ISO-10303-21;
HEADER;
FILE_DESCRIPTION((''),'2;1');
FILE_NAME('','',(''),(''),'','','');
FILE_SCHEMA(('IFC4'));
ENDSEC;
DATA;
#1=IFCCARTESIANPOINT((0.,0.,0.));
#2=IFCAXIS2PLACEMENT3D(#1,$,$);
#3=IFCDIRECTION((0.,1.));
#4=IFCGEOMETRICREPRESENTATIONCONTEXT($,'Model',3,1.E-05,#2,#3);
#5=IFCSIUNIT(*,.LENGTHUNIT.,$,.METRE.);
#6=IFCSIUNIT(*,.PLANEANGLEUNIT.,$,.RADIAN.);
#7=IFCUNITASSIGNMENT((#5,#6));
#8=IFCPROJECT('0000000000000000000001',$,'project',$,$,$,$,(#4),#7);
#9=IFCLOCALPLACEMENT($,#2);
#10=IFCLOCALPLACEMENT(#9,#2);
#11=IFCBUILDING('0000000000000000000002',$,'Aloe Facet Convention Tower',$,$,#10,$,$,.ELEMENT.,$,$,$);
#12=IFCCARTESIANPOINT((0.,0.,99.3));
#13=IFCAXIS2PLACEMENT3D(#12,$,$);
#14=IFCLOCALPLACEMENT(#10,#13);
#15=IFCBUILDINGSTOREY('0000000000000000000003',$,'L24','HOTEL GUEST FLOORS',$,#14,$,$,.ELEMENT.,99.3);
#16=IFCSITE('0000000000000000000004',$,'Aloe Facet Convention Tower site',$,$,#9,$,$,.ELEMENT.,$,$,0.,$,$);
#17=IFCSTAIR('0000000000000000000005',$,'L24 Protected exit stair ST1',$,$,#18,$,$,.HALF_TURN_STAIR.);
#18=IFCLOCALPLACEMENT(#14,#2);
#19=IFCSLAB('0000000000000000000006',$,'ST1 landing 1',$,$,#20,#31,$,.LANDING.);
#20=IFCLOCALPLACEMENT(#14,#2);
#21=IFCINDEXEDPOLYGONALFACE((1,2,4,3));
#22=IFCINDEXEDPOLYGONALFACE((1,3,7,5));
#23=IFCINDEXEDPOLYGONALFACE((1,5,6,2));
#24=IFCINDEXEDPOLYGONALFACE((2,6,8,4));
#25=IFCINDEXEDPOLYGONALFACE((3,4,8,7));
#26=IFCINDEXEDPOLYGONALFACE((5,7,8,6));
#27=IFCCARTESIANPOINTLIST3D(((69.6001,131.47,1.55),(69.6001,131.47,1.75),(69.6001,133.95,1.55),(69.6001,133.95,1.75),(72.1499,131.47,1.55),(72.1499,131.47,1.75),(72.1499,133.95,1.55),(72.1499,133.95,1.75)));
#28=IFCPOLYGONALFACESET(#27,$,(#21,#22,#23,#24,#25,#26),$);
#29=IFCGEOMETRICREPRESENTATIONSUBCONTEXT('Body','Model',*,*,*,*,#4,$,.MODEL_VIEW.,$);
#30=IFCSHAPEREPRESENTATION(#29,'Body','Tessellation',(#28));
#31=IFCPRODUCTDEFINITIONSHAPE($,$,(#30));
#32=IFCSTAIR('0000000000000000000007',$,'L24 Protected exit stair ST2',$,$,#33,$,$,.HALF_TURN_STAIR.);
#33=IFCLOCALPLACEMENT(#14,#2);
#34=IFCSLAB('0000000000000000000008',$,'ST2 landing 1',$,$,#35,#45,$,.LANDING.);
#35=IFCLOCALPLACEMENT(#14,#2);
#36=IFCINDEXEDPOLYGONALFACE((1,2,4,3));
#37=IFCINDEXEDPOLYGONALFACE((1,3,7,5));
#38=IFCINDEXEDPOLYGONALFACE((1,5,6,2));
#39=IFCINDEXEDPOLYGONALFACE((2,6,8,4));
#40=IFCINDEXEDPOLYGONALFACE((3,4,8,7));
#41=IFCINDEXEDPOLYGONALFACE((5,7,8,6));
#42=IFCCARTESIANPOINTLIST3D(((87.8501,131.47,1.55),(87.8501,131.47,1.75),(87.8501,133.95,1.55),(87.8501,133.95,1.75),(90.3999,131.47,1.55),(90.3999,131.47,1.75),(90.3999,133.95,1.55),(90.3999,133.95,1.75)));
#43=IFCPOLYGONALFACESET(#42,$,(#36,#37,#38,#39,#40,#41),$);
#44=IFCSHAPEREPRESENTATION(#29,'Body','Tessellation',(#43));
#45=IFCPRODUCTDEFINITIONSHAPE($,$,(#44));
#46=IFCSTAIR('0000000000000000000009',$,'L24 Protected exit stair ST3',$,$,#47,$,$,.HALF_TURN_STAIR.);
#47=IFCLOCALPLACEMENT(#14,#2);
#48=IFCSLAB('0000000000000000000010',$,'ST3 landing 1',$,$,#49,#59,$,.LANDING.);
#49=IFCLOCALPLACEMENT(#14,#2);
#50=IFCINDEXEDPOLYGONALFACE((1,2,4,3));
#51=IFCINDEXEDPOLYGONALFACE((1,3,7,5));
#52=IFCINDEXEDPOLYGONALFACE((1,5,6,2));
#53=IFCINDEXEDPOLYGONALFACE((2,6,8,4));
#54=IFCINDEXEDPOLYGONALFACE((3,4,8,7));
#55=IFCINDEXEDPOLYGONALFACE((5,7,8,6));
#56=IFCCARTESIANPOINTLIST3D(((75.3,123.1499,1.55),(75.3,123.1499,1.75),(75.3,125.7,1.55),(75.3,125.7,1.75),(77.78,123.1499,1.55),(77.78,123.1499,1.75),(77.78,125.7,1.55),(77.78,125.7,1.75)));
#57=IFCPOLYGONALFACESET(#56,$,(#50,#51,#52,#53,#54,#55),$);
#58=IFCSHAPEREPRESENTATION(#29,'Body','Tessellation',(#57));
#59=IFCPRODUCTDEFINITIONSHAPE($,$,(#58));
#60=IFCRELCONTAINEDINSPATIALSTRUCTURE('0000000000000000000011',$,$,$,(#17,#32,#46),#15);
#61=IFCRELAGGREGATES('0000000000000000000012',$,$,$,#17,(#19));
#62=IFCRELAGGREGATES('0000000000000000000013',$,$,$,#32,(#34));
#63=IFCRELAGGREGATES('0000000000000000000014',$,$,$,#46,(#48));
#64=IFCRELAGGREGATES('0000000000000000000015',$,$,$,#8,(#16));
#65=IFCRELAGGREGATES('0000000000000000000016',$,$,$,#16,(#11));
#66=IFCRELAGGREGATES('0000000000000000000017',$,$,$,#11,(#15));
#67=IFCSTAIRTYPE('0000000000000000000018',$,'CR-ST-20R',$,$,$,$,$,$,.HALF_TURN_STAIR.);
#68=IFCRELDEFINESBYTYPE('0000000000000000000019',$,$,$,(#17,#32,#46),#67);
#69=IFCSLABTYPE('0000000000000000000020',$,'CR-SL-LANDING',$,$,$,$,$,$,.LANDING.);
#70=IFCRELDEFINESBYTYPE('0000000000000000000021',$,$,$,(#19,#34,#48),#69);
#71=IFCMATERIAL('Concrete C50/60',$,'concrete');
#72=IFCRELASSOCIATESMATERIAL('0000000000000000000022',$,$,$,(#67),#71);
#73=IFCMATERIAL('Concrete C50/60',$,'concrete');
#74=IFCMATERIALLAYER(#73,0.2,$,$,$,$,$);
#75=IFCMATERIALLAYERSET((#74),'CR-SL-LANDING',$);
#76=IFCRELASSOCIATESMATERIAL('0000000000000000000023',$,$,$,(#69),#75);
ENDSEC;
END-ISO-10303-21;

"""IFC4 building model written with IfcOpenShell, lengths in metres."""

from ifc_helpers import new_model, si_unit, direction, frame, origin, place, context, subcontext, project, spatial, polyline, outline, extrude, material, layer, layer_set, type_object, element, aggregate, save


model = new_model("IFC4")

# Units and contexts
model_context = context("Model", 3, precision=1e-05, world=origin(), true_north=direction((0.0, 1.0)))
body_context = subcontext(model_context, "Body", "Model", "MODEL_VIEW")
ifc_project = project(units=[si_unit("LENGTHUNIT", "METRE"), si_unit("PLANEANGLEUNIT", "RADIAN")], contexts=[model_context])

# Site, building, storey
site_placement = place(None, origin())
site = spatial("IfcSite", under=ifc_project, at=site_placement, Name="Aloe Facet Convention Tower site", CompositionType="ELEMENT", RefElevation=0.0)
building_placement = place(site_placement, origin())
building = spatial("IfcBuilding", under=site, at=building_placement, Name="Aloe Facet Convention Tower", CompositionType="ELEMENT")
storey_placement = place(building_placement, frame((0.0, 0.0, 99.3)))
storey = spatial("IfcBuildingStorey", under=building, at=storey_placement, Name="L24", Description="HOTEL GUEST FLOORS", CompositionType="ELEMENT", Elevation=99.3)

# Stairs, slabs
ifc_material_1 = material(Name="Concrete C50/60", Category="concrete")
stair_type = type_object("IfcStairType", Name="CR-ST-20R", PredefinedType="HALF_TURN_STAIR", material=ifc_material_1)
stair_1_placement = place(storey_placement, origin())
stair_1 = element("IfcStair", 1, at=stair_1_placement, inside=storey, type_object=stair_type, Name="L24 Protected exit stair ST1", PredefinedType="HALF_TURN_STAIR")
ifc_material_2 = material(Name="Concrete C50/60", Category="concrete")
ifc_layer_1 = layer(ifc_material_2, 0.2)
ifc_layer_set_1 = layer_set([ifc_layer_1], Name="CR-SL-LANDING")
slab_type_1 = type_object("IfcSlabType", Name="CR-SL-LANDING", PredefinedType="LANDING", material=ifc_layer_set_1)
slab_1_placement = place(storey_placement, frame((0.0, 0.0, 1.55)))
slab_1 = element("IfcSlab", 2, at=slab_1_placement, type_object=slab_type_1, Name="ST1 landing 1", PredefinedType="LANDING", context=body_context, shape_type="SweptSolid", body=[
    extrude(outline(polyline([(72.1499, 131.47), (72.1499, 133.95), (69.6001, 133.95), (69.6001, 131.47), (72.1499, 131.47)])), origin(), (0.0, 0.0, 1.0), 0.2),
])
aggregate(stair_1, [slab_1])
stair_2_placement = place(storey_placement, origin())
stair_2 = element("IfcStair", 3, at=stair_2_placement, inside=storey, type_object=stair_type, Name="L24 Protected exit stair ST2", PredefinedType="HALF_TURN_STAIR")
slab_2_placement = place(storey_placement, frame((0.0, 0.0, 1.55)))
slab_2 = element("IfcSlab", 4, at=slab_2_placement, type_object=slab_type_1, Name="ST2 landing 1", PredefinedType="LANDING", context=body_context, shape_type="SweptSolid", body=[
    extrude(outline(polyline([(90.3999, 131.47), (90.3999, 133.95), (87.8501, 133.95), (87.8501, 131.47), (90.3999, 131.47)])), origin(), (0.0, 0.0, 1.0), 0.2),
])
aggregate(stair_2, [slab_2])
stair_3_placement = place(storey_placement, origin())
stair_3 = element("IfcStair", 5, at=stair_3_placement, inside=storey, type_object=stair_type, Name="L24 Protected exit stair ST3", PredefinedType="HALF_TURN_STAIR")
slab_3_placement = place(storey_placement, frame((0.0, 0.0, 1.55)))
slab_3 = element("IfcSlab", 6, at=slab_3_placement, type_object=slab_type_1, Name="ST3 landing 1", PredefinedType="LANDING", context=body_context, shape_type="SweptSolid", body=[
    extrude(outline(polyline([(77.78, 125.7), (75.3, 125.7), (75.3, 123.1499), (77.78, 123.1499), (77.78, 125.7)])), origin(), (0.0, 0.0, 1.0), 0.2),
])
aggregate(stair_3, [slab_3])

save(model, "model.ifc")
